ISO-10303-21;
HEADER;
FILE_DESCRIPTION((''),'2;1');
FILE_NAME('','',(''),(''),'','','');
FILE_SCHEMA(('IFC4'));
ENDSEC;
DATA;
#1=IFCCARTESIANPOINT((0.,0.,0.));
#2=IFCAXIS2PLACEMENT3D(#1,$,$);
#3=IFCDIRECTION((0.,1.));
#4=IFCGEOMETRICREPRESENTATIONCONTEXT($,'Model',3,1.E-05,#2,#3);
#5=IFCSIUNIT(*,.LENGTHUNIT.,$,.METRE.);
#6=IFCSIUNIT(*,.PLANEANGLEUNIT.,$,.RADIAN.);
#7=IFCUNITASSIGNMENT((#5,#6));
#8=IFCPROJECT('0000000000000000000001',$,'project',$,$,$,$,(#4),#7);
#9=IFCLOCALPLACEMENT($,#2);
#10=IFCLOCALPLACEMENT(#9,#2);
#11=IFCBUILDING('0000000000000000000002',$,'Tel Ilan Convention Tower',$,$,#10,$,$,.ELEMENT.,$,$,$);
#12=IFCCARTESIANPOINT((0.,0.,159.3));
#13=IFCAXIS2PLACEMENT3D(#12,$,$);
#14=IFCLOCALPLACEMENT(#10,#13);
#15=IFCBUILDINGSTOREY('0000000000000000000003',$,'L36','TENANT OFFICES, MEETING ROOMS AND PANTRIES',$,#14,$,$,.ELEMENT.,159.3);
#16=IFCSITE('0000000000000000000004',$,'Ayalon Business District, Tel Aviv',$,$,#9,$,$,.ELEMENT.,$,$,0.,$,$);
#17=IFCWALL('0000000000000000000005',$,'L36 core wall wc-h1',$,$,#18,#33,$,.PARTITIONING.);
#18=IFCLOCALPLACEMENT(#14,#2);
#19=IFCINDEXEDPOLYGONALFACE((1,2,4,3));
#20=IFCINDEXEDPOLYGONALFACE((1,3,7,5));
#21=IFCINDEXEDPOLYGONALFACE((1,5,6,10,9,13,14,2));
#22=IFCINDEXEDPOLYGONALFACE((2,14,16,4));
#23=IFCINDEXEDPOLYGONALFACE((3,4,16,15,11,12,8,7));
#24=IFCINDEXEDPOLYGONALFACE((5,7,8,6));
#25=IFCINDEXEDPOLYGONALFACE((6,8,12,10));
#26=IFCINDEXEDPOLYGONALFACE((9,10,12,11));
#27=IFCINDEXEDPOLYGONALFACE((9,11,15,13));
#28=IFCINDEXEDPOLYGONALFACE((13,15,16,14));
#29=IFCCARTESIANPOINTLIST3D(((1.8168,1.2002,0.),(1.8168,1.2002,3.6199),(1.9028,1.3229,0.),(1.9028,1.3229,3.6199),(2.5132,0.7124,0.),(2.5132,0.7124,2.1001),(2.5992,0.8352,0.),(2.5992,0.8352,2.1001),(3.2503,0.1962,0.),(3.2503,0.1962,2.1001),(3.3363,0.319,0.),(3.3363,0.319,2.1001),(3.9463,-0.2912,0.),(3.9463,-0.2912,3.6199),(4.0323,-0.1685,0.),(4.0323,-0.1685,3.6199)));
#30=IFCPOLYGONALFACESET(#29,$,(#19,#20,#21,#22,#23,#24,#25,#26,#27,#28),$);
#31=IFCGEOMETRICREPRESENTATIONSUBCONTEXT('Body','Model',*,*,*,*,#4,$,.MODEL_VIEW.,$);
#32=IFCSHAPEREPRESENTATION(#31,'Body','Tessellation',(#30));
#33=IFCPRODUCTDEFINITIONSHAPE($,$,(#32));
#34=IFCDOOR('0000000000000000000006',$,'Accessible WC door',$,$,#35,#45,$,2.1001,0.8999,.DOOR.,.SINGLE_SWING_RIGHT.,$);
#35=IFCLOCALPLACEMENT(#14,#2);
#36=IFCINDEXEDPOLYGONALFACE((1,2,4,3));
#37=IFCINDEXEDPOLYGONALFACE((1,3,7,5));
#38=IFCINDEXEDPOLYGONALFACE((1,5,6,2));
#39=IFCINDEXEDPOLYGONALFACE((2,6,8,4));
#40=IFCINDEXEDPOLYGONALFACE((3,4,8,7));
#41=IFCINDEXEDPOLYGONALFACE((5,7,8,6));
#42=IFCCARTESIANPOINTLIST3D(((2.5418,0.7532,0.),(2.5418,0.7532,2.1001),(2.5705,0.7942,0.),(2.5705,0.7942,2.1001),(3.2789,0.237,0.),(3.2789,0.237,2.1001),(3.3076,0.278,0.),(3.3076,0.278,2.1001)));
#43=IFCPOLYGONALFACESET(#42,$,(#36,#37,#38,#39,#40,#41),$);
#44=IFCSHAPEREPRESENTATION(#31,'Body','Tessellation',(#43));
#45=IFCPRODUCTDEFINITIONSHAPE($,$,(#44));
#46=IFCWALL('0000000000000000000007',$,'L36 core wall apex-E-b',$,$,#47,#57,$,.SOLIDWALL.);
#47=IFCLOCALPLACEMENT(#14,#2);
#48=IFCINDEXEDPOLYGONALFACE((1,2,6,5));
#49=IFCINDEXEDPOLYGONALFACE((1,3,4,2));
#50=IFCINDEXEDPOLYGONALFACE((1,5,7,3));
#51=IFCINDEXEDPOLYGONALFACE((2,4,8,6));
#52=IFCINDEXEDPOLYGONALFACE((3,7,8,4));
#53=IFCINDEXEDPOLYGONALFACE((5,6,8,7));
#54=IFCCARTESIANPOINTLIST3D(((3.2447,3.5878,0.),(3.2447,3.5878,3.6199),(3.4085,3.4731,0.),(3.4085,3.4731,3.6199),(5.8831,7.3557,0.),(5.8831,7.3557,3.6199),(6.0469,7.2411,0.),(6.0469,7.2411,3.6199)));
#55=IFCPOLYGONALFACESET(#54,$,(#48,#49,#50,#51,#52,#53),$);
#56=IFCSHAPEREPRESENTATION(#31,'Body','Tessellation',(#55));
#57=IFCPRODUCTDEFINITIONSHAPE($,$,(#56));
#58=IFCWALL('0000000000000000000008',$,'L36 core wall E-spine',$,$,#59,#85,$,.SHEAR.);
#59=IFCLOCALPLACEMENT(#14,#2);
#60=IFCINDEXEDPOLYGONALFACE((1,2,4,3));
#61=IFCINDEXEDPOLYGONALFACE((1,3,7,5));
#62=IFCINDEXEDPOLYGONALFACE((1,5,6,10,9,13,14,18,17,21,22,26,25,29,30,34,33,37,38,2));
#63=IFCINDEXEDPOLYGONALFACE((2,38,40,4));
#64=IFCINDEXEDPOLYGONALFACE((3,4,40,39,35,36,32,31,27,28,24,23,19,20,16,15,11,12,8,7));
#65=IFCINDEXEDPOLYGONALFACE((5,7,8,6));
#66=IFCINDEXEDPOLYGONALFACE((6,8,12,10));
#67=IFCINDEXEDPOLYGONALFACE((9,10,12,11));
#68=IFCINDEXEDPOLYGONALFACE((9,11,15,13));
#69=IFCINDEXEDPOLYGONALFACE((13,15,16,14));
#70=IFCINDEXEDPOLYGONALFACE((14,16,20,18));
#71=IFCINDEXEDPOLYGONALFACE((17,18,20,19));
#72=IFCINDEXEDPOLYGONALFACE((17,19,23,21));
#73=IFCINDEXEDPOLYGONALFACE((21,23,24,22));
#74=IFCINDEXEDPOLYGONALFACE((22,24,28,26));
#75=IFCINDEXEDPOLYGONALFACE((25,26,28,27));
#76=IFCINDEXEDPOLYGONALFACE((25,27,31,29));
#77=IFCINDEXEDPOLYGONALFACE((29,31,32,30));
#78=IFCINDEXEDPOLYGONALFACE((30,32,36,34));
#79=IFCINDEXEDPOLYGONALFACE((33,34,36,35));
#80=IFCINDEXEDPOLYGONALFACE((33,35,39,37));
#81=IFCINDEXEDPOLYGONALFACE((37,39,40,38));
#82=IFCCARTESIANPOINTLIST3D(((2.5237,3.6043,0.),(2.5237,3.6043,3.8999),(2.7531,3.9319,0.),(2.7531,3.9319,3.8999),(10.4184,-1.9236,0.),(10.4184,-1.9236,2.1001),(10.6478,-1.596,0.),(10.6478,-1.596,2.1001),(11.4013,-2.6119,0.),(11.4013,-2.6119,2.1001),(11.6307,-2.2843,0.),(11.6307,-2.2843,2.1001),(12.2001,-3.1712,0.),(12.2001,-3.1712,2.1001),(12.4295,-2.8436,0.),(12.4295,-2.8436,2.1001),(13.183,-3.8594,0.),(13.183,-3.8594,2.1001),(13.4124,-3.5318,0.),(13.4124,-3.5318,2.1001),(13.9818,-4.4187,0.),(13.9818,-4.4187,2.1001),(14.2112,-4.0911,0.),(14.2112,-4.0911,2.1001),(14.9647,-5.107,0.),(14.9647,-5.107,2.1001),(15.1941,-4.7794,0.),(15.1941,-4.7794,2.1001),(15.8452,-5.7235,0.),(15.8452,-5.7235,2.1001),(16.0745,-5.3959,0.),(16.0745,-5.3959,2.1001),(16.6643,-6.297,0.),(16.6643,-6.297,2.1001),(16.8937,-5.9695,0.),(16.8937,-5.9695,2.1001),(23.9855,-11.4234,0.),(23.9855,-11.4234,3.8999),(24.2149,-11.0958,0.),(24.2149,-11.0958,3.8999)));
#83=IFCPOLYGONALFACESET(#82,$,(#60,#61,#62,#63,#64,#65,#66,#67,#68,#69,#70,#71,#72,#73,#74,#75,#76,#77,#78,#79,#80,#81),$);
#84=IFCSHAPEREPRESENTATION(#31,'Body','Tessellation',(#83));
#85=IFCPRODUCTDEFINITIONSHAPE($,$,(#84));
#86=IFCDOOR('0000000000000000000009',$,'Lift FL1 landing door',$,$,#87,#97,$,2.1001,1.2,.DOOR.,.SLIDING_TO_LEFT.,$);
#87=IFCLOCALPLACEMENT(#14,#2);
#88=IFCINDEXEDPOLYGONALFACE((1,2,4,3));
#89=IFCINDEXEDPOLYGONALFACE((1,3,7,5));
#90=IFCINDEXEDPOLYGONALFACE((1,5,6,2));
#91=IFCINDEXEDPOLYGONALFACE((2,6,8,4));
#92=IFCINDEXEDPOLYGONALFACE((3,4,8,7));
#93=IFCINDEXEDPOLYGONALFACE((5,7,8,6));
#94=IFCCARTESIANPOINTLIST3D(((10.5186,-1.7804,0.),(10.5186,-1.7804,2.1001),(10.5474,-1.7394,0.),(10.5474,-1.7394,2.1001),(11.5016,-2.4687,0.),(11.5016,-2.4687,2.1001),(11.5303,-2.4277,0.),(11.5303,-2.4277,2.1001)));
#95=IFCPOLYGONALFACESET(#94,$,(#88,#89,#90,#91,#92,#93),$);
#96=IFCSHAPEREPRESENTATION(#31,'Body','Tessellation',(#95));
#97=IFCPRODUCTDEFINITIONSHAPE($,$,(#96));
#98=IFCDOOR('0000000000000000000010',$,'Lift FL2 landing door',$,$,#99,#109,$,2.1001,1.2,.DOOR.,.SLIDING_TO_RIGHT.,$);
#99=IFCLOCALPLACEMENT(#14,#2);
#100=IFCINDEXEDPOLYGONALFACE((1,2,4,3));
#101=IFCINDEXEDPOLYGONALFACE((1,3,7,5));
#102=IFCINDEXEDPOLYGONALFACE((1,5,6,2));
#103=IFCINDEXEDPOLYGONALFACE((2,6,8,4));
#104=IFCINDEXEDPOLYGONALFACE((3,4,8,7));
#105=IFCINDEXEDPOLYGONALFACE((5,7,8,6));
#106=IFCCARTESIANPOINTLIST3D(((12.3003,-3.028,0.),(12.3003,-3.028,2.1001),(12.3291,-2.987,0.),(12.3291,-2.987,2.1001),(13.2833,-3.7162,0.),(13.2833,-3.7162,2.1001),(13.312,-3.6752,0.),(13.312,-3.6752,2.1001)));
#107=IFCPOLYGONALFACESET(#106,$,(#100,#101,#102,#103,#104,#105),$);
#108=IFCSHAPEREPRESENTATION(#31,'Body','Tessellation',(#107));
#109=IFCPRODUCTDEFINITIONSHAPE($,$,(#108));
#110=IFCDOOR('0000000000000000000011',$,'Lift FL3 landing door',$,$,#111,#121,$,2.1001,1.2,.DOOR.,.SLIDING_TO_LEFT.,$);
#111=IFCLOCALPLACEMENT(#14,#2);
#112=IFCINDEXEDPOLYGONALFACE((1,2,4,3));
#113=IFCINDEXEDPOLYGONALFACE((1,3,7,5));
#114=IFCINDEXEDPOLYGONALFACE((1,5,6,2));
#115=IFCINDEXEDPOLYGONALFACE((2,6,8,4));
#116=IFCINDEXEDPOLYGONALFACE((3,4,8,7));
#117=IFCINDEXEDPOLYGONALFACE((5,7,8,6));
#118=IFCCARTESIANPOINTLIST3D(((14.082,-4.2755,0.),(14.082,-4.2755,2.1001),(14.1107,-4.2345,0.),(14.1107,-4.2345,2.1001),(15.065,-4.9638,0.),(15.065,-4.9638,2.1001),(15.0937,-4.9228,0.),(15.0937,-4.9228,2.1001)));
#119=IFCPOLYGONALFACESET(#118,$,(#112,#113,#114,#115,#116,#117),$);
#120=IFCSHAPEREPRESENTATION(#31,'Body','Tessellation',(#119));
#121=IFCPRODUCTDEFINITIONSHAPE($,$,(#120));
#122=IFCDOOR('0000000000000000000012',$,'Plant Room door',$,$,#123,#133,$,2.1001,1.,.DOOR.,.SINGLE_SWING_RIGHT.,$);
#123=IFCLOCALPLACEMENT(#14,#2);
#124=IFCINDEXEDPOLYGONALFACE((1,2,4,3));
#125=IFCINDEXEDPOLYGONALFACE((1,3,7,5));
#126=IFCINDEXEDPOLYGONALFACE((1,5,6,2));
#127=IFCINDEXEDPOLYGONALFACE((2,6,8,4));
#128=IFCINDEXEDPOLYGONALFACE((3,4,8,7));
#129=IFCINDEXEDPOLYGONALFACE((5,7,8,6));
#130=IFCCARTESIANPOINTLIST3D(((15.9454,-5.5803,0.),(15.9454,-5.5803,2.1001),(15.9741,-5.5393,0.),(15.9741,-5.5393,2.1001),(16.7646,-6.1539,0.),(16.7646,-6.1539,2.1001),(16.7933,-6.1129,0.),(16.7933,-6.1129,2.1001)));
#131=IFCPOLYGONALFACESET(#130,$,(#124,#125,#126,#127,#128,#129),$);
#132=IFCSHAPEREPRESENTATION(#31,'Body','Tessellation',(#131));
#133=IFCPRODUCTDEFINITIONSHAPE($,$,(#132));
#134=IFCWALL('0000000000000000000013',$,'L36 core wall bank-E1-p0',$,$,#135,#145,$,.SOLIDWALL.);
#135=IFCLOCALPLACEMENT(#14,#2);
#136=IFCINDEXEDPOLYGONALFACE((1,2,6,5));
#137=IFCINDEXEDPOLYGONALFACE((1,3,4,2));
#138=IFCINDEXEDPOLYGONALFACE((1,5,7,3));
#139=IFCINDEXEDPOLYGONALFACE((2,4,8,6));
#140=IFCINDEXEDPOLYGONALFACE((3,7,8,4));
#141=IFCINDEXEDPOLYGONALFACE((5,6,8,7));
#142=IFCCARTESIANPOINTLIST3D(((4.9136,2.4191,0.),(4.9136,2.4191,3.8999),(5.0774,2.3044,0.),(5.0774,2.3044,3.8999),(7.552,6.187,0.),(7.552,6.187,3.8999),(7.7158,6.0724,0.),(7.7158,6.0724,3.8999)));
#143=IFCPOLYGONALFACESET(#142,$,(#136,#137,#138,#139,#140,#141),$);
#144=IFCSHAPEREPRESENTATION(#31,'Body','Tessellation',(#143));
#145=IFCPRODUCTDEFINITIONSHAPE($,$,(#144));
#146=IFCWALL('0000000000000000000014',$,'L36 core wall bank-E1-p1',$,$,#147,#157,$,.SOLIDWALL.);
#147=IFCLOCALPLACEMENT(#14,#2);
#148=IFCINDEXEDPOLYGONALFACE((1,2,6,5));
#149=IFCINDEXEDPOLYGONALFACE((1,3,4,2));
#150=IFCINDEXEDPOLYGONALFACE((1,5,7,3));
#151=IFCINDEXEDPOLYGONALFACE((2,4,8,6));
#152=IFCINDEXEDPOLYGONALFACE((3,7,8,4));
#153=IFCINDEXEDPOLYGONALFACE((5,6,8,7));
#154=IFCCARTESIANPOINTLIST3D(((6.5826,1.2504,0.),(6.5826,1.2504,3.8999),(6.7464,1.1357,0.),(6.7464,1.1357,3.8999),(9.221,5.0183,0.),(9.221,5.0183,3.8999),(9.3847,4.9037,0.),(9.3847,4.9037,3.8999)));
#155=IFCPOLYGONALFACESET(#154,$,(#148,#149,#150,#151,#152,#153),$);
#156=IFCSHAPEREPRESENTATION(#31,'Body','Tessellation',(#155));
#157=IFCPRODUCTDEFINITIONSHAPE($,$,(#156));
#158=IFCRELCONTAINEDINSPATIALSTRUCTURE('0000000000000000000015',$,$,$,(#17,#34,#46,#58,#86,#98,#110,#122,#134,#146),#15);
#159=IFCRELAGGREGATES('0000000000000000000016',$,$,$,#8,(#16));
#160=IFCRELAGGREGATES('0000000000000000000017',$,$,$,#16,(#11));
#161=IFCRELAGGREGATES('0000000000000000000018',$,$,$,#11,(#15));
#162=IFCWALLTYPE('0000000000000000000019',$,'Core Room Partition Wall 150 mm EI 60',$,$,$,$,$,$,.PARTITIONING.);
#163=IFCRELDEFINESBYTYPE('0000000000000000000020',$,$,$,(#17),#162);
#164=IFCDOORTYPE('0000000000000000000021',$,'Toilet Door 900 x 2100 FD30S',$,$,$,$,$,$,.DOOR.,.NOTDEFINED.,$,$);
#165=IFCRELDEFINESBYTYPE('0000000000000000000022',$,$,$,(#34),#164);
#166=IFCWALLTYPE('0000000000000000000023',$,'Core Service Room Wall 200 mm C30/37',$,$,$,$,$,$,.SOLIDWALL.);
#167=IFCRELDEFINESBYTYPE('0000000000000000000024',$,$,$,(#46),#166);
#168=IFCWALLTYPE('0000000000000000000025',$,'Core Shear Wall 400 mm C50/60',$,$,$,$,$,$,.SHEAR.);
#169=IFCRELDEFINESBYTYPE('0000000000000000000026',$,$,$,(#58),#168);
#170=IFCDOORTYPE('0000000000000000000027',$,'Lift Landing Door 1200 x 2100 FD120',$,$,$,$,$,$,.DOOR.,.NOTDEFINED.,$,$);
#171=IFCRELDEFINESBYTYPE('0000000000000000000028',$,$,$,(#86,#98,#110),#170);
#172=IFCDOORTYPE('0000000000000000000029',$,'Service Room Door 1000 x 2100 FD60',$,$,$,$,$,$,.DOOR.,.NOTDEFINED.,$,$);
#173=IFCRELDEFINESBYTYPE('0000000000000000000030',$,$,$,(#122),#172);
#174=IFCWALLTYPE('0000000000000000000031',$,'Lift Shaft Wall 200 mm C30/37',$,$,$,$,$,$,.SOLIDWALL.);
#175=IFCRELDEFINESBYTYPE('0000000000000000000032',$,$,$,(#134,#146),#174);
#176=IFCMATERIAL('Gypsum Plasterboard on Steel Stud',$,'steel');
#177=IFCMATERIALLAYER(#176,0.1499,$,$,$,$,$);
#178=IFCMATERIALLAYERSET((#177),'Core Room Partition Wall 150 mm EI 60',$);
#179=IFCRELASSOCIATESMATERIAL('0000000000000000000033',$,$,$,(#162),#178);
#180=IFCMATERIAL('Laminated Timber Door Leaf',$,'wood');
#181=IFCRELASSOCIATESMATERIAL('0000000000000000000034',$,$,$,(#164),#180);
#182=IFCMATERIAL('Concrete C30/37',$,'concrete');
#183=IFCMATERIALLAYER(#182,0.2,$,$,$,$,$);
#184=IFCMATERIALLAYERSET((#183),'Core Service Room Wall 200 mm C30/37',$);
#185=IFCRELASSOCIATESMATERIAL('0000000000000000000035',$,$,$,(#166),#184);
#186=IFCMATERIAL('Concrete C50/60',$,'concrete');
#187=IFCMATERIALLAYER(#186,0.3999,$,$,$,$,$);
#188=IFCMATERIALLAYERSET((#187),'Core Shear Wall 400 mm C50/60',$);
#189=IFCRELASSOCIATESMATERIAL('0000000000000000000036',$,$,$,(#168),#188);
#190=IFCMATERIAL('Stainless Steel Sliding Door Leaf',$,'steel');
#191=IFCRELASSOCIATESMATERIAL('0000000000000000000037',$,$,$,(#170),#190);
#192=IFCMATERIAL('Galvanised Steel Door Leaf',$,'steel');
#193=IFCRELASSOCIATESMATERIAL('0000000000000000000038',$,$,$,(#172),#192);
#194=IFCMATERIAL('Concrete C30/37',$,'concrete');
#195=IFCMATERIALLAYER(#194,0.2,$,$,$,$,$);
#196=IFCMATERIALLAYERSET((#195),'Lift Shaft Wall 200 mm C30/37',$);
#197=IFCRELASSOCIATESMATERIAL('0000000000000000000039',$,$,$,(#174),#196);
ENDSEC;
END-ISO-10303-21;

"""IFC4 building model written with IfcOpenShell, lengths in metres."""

from ifc_helpers import new_model, si_unit, direction, frame, frame_2d, origin, place, context, subcontext, project, spatial, polyline, rectangle, outline, extrude, material, layer, layer_set, type_object, element, fill, save


model = new_model("IFC4")

# Units and contexts
model_context = context("Model", 3, precision=1e-05, world=origin(), true_north=direction((0.0, 1.0)))
body_context = subcontext(model_context, "Body", "Model", "MODEL_VIEW")
ifc_project = project(units=[si_unit("LENGTHUNIT", "METRE"), si_unit("PLANEANGLEUNIT", "RADIAN")], contexts=[model_context])

# Site, building, storey
site_placement = place(None, origin())
site = spatial("IfcSite", under=ifc_project, at=site_placement, Name="Ayalon Business District, Tel Aviv", CompositionType="ELEMENT", RefElevation=0.0)
building_placement = place(site_placement, origin())
building = spatial("IfcBuilding", under=site, at=building_placement, Name="Tel Ilan Convention Tower", CompositionType="ELEMENT")
storey_placement = place(building_placement, frame((0.0, 0.0, 159.3)))
storey = spatial("IfcBuildingStorey", under=building, at=storey_placement, Name="L36", Description="TENANT OFFICES, MEETING ROOMS AND PANTRIES", CompositionType="ELEMENT", Elevation=159.3)

# Wall, opening, door
ifc_material_1 = material(Name="Gypsum Plasterboard on Steel Stud", Category="steel")
ifc_layer_1 = layer(ifc_material_1, 0.1499)
ifc_layer_set_1 = layer_set([ifc_layer_1], Name="Core Room Partition Wall 150 mm EI 60")
wall_type_1 = type_object("IfcWallType", Name="Core Room Partition Wall 150 mm EI 60", PredefinedType="PARTITIONING", material=ifc_layer_set_1)
wall_1_placement = place(storey_placement, frame((1.8599, 1.2615, 0.0), z_axis=(0.0, 0.0, 1.0), x_axis=(0.819104, -0.573645, 0.0)))
wall_1 = element("IfcWall", 1, at=wall_1_placement, inside=storey, type_object=wall_type_1, Name="L36 core wall wc-h1", PredefinedType="PARTITIONING", context=body_context, shape_type="SweptSolid", body=[
    extrude(rectangle(XDim=2.5999, YDim=0.1499, at=frame_2d((1.2998, 0.0))), origin(), (0.0, 0.0, 1.0), 3.6199),
])
opening_1_placement = place(wall_1_placement, frame((0.8501, 0.0, 0.0)))
opening_1 = element("IfcOpeningElement", 2, at=opening_1_placement, cuts=wall_1, PredefinedType="OPENING", context=body_context, shape_type="SweptSolid", body=[
    extrude(rectangle(XDim=0.8999, YDim=2.1001, at=frame_2d((0.45, 1.05))), frame((0.0, 0.085, 0.0), z_axis=(0.0, -1.0, 0.0), x_axis=(1.0, 0.0, 0.0)), (0.0, 0.0, 1.0), 0.1699),
])
ifc_material_2 = material(Name="Laminated Timber Door Leaf", Category="wood")
door_type_1 = type_object("IfcDoorType", Name="Toilet Door 900 x 2100 FD30S", OperationType="NOTDEFINED", PredefinedType="DOOR", material=ifc_material_2)
door_1_placement = place(opening_1_placement, origin())
door_1 = element("IfcDoor", 3, at=door_1_placement, inside=storey, type_object=door_type_1, Name="Accessible WC door", OperationType="SINGLE_SWING_RIGHT", OverallHeight=2.1001, OverallWidth=0.8999, PredefinedType="DOOR", context=body_context, shape_type="SweptSolid", body=[
    extrude(rectangle(XDim=0.8999, YDim=2.1001, at=frame_2d((0.45, 1.05))), frame((0.0, 0.0249, 0.0), z_axis=(0.0, -1.0, 0.0), x_axis=(1.0, 0.0, 0.0)), (0.0, 0.0, 1.0), 0.05),
])
fill(opening_1, door_1)

# Wall
ifc_material_3 = material(Name="Concrete C30/37", Category="concrete")
ifc_layer_2 = layer(ifc_material_3, 0.2)
ifc_layer_set_2 = layer_set([ifc_layer_2], Name="Core Service Room Wall 200 mm C30/37")
wall_type_2 = type_object("IfcWallType", Name="Core Service Room Wall 200 mm C30/37", PredefinedType="SOLIDWALL", material=ifc_layer_set_2)
wall_2_placement = place(storey_placement, frame((3.3267, 3.5305, 0.0), z_axis=(0.0, 0.0, 1.0), x_axis=(0.573576, 0.819152, 0.0)))
element("IfcWall", 4, at=wall_2_placement, inside=storey, type_object=wall_type_2, Name="L36 core wall apex-E-b", PredefinedType="SOLIDWALL", context=body_context, shape_type="SweptSolid", body=[
    extrude(rectangle(XDim=4.5999, YDim=0.2, at=frame_2d((2.2998, 0.0))), origin(), (0.0, 0.0, 1.0), 3.6199),
])

# Wall, openings, doors
ifc_material_4 = material(Name="Concrete C50/60", Category="concrete")
ifc_layer_3 = layer(ifc_material_4, 0.3999)
ifc_layer_set_3 = layer_set([ifc_layer_3], Name="Core Shear Wall 400 mm C50/60")
wall_type_3 = type_object("IfcWallType", Name="Core Shear Wall 400 mm C50/60", PredefinedType="SHEAR", material=ifc_layer_set_3)
wall_3_placement = place(storey_placement, frame((2.6384, 3.7681, 0.0), z_axis=(0.0, 0.0, 1.0), x_axis=(0.819153, -0.573576, 0.0)))
wall_3 = element("IfcWall", 5, at=wall_3_placement, inside=storey, type_object=wall_type_3, Name="L36 core wall E-spine", PredefinedType="SHEAR", context=body_context, shape_type="SweptSolid", body=[
    extrude(outline(polyline([(0.0, 0.2), (0.0, -0.2), (26.2, -0.2), (26.2, 0.2), (0.0, 0.2)])), origin(), (0.0, 0.0, 1.0), 3.8999),
])
opening_2_placement = place(wall_3_placement, frame((9.6375, 0.0, 0.0)))
opening_2 = element("IfcOpeningElement", 6, at=opening_2_placement, cuts=wall_3, PredefinedType="OPENING", context=body_context, shape_type="SweptSolid", body=[
    extrude(rectangle(XDim=1.2, YDim=2.1001, at=frame_2d((0.6001, 1.05))), frame((0.0, 0.21, 0.0), z_axis=(0.0, -1.0, 0.0), x_axis=(1.0, 0.0, 0.0)), (0.0, 0.0, 1.0), 0.4199),
])
opening_3_placement = place(wall_3_placement, frame((11.8125, 0.0, 0.0)))
opening_3 = element("IfcOpeningElement", 7, at=opening_3_placement, cuts=wall_3, PredefinedType="OPENING", context=body_context, shape_type="SweptSolid", body=[
    extrude(rectangle(XDim=1.2, YDim=2.1001, at=frame_2d((0.6001, 1.05))), frame((0.0, 0.21, 0.0), z_axis=(0.0, -1.0, 0.0), x_axis=(1.0, 0.0, 0.0)), (0.0, 0.0, 1.0), 0.4199),
])
opening_4_placement = place(wall_3_placement, frame((13.9875, 0.0, 0.0)))
opening_4 = element("IfcOpeningElement", 8, at=opening_4_placement, cuts=wall_3, PredefinedType="OPENING", context=body_context, shape_type="SweptSolid", body=[
    extrude(rectangle(XDim=1.2, YDim=2.1001, at=frame_2d((0.6001, 1.05))), frame((0.0, 0.21, 0.0), z_axis=(0.0, -1.0, 0.0), x_axis=(1.0, 0.0, 0.0)), (0.0, 0.0, 1.0), 0.4199),
])
opening_5_placement = place(wall_3_placement, frame((16.2625, 0.0, 0.0)))
opening_5 = element("IfcOpeningElement", 9, at=opening_5_placement, cuts=wall_3, PredefinedType="OPENING", context=body_context, shape_type="SweptSolid", body=[
    extrude(rectangle(XDim=1.0, YDim=2.1001, at=frame_2d((0.5, 1.05))), frame((0.0, 0.21, 0.0), z_axis=(0.0, -1.0, 0.0), x_axis=(1.0, 0.0, 0.0)), (0.0, 0.0, 1.0), 0.4199),
])
ifc_material_5 = material(Name="Stainless Steel Sliding Door Leaf", Category="steel")
door_type_2 = type_object("IfcDoorType", Name="Lift Landing Door 1200 x 2100 FD120", OperationType="NOTDEFINED", PredefinedType="DOOR", material=ifc_material_5)
door_2_placement = place(opening_2_placement, origin())
door_2 = element("IfcDoor", 10, at=door_2_placement, inside=storey, type_object=door_type_2, Name="Lift FL1 landing door", OperationType="SLIDING_TO_LEFT", OverallHeight=2.1001, OverallWidth=1.2, PredefinedType="DOOR", context=body_context, shape_type="SweptSolid", body=[
    extrude(rectangle(XDim=1.2, YDim=2.1001, at=frame_2d((0.6001, 1.05))), frame((0.0, 0.0249, 0.0), z_axis=(0.0, -1.0, 0.0), x_axis=(1.0, 0.0, 0.0)), (0.0, 0.0, 1.0), 0.05),
])
fill(opening_2, door_2)
door_3_placement = place(opening_3_placement, origin())
door_3 = element("IfcDoor", 11, at=door_3_placement, inside=storey, type_object=door_type_2, Name="Lift FL2 landing door", OperationType="SLIDING_TO_RIGHT", OverallHeight=2.1001, OverallWidth=1.2, PredefinedType="DOOR", context=body_context, shape_type="SweptSolid", body=[
    extrude(rectangle(XDim=1.2, YDim=2.1001, at=frame_2d((0.6001, 1.05))), frame((0.0, 0.0249, 0.0), z_axis=(0.0, -1.0, 0.0), x_axis=(1.0, 0.0, 0.0)), (0.0, 0.0, 1.0), 0.05),
])
fill(opening_3, door_3)
door_4_placement = place(opening_4_placement, origin())
door_4 = element("IfcDoor", 12, at=door_4_placement, inside=storey, type_object=door_type_2, Name="Lift FL3 landing door", OperationType="SLIDING_TO_LEFT", OverallHeight=2.1001, OverallWidth=1.2, PredefinedType="DOOR", context=body_context, shape_type="SweptSolid", body=[
    extrude(rectangle(XDim=1.2, YDim=2.1001, at=frame_2d((0.6001, 1.05))), frame((0.0, 0.0249, 0.0), z_axis=(0.0, -1.0, 0.0), x_axis=(1.0, 0.0, 0.0)), (0.0, 0.0, 1.0), 0.05),
])
fill(opening_4, door_4)
ifc_material_6 = material(Name="Galvanised Steel Door Leaf", Category="steel")
door_type_3 = type_object("IfcDoorType", Name="Service Room Door 1000 x 2100 FD60", OperationType="NOTDEFINED", PredefinedType="DOOR", material=ifc_material_6)
door_5_placement = place(opening_5_placement, origin())
door_5 = element("IfcDoor", 13, at=door_5_placement, inside=storey, type_object=door_type_3, Name="Plant Room door", OperationType="SINGLE_SWING_RIGHT", OverallHeight=2.1001, OverallWidth=1.0, PredefinedType="DOOR", context=body_context, shape_type="SweptSolid", body=[
    extrude(rectangle(XDim=1.0, YDim=2.1001, at=frame_2d((0.5, 1.05))), frame((0.0, 0.0249, 0.0), z_axis=(0.0, -1.0, 0.0), x_axis=(1.0, 0.0, 0.0)), (0.0, 0.0, 1.0), 0.05),
])
fill(opening_5, door_5)

# Walls
ifc_material_7 = material(Name="Concrete C30/37", Category="concrete")
ifc_layer_4 = layer(ifc_material_7, 0.2)
ifc_layer_set_4 = layer_set([ifc_layer_4], Name="Lift Shaft Wall 200 mm C30/37")
wall_type_4 = type_object("IfcWallType", Name="Lift Shaft Wall 200 mm C30/37", PredefinedType="SOLIDWALL", material=ifc_layer_set_4)
for number, where, z_axis, x_axis, name in (
    (14, (4.9956, 2.3618, 0.0), (0.0, 0.0, 1.0), (0.573576, 0.819152, 0.0), "L36 core wall bank-E1-p0"),
    (15, (6.6646, 1.1931, 0.0), (0.0, 0.0, 1.0), (0.573576, 0.819152, 0.0), "L36 core wall bank-E1-p1"),
):
    element("IfcWall", number, at=place(storey_placement, frame(where, z_axis=z_axis, x_axis=x_axis)), inside=storey, type_object=wall_type_4, Name=name, PredefinedType="SOLIDWALL", context=body_context, shape_type="SweptSolid", body=[
        extrude(rectangle(XDim=4.5999, YDim=0.2, at=frame_2d((2.2998, 0.0))), origin(), (0.0, 0.0, 1.0), 3.8999),
    ])

save(model, "model.ifc")
